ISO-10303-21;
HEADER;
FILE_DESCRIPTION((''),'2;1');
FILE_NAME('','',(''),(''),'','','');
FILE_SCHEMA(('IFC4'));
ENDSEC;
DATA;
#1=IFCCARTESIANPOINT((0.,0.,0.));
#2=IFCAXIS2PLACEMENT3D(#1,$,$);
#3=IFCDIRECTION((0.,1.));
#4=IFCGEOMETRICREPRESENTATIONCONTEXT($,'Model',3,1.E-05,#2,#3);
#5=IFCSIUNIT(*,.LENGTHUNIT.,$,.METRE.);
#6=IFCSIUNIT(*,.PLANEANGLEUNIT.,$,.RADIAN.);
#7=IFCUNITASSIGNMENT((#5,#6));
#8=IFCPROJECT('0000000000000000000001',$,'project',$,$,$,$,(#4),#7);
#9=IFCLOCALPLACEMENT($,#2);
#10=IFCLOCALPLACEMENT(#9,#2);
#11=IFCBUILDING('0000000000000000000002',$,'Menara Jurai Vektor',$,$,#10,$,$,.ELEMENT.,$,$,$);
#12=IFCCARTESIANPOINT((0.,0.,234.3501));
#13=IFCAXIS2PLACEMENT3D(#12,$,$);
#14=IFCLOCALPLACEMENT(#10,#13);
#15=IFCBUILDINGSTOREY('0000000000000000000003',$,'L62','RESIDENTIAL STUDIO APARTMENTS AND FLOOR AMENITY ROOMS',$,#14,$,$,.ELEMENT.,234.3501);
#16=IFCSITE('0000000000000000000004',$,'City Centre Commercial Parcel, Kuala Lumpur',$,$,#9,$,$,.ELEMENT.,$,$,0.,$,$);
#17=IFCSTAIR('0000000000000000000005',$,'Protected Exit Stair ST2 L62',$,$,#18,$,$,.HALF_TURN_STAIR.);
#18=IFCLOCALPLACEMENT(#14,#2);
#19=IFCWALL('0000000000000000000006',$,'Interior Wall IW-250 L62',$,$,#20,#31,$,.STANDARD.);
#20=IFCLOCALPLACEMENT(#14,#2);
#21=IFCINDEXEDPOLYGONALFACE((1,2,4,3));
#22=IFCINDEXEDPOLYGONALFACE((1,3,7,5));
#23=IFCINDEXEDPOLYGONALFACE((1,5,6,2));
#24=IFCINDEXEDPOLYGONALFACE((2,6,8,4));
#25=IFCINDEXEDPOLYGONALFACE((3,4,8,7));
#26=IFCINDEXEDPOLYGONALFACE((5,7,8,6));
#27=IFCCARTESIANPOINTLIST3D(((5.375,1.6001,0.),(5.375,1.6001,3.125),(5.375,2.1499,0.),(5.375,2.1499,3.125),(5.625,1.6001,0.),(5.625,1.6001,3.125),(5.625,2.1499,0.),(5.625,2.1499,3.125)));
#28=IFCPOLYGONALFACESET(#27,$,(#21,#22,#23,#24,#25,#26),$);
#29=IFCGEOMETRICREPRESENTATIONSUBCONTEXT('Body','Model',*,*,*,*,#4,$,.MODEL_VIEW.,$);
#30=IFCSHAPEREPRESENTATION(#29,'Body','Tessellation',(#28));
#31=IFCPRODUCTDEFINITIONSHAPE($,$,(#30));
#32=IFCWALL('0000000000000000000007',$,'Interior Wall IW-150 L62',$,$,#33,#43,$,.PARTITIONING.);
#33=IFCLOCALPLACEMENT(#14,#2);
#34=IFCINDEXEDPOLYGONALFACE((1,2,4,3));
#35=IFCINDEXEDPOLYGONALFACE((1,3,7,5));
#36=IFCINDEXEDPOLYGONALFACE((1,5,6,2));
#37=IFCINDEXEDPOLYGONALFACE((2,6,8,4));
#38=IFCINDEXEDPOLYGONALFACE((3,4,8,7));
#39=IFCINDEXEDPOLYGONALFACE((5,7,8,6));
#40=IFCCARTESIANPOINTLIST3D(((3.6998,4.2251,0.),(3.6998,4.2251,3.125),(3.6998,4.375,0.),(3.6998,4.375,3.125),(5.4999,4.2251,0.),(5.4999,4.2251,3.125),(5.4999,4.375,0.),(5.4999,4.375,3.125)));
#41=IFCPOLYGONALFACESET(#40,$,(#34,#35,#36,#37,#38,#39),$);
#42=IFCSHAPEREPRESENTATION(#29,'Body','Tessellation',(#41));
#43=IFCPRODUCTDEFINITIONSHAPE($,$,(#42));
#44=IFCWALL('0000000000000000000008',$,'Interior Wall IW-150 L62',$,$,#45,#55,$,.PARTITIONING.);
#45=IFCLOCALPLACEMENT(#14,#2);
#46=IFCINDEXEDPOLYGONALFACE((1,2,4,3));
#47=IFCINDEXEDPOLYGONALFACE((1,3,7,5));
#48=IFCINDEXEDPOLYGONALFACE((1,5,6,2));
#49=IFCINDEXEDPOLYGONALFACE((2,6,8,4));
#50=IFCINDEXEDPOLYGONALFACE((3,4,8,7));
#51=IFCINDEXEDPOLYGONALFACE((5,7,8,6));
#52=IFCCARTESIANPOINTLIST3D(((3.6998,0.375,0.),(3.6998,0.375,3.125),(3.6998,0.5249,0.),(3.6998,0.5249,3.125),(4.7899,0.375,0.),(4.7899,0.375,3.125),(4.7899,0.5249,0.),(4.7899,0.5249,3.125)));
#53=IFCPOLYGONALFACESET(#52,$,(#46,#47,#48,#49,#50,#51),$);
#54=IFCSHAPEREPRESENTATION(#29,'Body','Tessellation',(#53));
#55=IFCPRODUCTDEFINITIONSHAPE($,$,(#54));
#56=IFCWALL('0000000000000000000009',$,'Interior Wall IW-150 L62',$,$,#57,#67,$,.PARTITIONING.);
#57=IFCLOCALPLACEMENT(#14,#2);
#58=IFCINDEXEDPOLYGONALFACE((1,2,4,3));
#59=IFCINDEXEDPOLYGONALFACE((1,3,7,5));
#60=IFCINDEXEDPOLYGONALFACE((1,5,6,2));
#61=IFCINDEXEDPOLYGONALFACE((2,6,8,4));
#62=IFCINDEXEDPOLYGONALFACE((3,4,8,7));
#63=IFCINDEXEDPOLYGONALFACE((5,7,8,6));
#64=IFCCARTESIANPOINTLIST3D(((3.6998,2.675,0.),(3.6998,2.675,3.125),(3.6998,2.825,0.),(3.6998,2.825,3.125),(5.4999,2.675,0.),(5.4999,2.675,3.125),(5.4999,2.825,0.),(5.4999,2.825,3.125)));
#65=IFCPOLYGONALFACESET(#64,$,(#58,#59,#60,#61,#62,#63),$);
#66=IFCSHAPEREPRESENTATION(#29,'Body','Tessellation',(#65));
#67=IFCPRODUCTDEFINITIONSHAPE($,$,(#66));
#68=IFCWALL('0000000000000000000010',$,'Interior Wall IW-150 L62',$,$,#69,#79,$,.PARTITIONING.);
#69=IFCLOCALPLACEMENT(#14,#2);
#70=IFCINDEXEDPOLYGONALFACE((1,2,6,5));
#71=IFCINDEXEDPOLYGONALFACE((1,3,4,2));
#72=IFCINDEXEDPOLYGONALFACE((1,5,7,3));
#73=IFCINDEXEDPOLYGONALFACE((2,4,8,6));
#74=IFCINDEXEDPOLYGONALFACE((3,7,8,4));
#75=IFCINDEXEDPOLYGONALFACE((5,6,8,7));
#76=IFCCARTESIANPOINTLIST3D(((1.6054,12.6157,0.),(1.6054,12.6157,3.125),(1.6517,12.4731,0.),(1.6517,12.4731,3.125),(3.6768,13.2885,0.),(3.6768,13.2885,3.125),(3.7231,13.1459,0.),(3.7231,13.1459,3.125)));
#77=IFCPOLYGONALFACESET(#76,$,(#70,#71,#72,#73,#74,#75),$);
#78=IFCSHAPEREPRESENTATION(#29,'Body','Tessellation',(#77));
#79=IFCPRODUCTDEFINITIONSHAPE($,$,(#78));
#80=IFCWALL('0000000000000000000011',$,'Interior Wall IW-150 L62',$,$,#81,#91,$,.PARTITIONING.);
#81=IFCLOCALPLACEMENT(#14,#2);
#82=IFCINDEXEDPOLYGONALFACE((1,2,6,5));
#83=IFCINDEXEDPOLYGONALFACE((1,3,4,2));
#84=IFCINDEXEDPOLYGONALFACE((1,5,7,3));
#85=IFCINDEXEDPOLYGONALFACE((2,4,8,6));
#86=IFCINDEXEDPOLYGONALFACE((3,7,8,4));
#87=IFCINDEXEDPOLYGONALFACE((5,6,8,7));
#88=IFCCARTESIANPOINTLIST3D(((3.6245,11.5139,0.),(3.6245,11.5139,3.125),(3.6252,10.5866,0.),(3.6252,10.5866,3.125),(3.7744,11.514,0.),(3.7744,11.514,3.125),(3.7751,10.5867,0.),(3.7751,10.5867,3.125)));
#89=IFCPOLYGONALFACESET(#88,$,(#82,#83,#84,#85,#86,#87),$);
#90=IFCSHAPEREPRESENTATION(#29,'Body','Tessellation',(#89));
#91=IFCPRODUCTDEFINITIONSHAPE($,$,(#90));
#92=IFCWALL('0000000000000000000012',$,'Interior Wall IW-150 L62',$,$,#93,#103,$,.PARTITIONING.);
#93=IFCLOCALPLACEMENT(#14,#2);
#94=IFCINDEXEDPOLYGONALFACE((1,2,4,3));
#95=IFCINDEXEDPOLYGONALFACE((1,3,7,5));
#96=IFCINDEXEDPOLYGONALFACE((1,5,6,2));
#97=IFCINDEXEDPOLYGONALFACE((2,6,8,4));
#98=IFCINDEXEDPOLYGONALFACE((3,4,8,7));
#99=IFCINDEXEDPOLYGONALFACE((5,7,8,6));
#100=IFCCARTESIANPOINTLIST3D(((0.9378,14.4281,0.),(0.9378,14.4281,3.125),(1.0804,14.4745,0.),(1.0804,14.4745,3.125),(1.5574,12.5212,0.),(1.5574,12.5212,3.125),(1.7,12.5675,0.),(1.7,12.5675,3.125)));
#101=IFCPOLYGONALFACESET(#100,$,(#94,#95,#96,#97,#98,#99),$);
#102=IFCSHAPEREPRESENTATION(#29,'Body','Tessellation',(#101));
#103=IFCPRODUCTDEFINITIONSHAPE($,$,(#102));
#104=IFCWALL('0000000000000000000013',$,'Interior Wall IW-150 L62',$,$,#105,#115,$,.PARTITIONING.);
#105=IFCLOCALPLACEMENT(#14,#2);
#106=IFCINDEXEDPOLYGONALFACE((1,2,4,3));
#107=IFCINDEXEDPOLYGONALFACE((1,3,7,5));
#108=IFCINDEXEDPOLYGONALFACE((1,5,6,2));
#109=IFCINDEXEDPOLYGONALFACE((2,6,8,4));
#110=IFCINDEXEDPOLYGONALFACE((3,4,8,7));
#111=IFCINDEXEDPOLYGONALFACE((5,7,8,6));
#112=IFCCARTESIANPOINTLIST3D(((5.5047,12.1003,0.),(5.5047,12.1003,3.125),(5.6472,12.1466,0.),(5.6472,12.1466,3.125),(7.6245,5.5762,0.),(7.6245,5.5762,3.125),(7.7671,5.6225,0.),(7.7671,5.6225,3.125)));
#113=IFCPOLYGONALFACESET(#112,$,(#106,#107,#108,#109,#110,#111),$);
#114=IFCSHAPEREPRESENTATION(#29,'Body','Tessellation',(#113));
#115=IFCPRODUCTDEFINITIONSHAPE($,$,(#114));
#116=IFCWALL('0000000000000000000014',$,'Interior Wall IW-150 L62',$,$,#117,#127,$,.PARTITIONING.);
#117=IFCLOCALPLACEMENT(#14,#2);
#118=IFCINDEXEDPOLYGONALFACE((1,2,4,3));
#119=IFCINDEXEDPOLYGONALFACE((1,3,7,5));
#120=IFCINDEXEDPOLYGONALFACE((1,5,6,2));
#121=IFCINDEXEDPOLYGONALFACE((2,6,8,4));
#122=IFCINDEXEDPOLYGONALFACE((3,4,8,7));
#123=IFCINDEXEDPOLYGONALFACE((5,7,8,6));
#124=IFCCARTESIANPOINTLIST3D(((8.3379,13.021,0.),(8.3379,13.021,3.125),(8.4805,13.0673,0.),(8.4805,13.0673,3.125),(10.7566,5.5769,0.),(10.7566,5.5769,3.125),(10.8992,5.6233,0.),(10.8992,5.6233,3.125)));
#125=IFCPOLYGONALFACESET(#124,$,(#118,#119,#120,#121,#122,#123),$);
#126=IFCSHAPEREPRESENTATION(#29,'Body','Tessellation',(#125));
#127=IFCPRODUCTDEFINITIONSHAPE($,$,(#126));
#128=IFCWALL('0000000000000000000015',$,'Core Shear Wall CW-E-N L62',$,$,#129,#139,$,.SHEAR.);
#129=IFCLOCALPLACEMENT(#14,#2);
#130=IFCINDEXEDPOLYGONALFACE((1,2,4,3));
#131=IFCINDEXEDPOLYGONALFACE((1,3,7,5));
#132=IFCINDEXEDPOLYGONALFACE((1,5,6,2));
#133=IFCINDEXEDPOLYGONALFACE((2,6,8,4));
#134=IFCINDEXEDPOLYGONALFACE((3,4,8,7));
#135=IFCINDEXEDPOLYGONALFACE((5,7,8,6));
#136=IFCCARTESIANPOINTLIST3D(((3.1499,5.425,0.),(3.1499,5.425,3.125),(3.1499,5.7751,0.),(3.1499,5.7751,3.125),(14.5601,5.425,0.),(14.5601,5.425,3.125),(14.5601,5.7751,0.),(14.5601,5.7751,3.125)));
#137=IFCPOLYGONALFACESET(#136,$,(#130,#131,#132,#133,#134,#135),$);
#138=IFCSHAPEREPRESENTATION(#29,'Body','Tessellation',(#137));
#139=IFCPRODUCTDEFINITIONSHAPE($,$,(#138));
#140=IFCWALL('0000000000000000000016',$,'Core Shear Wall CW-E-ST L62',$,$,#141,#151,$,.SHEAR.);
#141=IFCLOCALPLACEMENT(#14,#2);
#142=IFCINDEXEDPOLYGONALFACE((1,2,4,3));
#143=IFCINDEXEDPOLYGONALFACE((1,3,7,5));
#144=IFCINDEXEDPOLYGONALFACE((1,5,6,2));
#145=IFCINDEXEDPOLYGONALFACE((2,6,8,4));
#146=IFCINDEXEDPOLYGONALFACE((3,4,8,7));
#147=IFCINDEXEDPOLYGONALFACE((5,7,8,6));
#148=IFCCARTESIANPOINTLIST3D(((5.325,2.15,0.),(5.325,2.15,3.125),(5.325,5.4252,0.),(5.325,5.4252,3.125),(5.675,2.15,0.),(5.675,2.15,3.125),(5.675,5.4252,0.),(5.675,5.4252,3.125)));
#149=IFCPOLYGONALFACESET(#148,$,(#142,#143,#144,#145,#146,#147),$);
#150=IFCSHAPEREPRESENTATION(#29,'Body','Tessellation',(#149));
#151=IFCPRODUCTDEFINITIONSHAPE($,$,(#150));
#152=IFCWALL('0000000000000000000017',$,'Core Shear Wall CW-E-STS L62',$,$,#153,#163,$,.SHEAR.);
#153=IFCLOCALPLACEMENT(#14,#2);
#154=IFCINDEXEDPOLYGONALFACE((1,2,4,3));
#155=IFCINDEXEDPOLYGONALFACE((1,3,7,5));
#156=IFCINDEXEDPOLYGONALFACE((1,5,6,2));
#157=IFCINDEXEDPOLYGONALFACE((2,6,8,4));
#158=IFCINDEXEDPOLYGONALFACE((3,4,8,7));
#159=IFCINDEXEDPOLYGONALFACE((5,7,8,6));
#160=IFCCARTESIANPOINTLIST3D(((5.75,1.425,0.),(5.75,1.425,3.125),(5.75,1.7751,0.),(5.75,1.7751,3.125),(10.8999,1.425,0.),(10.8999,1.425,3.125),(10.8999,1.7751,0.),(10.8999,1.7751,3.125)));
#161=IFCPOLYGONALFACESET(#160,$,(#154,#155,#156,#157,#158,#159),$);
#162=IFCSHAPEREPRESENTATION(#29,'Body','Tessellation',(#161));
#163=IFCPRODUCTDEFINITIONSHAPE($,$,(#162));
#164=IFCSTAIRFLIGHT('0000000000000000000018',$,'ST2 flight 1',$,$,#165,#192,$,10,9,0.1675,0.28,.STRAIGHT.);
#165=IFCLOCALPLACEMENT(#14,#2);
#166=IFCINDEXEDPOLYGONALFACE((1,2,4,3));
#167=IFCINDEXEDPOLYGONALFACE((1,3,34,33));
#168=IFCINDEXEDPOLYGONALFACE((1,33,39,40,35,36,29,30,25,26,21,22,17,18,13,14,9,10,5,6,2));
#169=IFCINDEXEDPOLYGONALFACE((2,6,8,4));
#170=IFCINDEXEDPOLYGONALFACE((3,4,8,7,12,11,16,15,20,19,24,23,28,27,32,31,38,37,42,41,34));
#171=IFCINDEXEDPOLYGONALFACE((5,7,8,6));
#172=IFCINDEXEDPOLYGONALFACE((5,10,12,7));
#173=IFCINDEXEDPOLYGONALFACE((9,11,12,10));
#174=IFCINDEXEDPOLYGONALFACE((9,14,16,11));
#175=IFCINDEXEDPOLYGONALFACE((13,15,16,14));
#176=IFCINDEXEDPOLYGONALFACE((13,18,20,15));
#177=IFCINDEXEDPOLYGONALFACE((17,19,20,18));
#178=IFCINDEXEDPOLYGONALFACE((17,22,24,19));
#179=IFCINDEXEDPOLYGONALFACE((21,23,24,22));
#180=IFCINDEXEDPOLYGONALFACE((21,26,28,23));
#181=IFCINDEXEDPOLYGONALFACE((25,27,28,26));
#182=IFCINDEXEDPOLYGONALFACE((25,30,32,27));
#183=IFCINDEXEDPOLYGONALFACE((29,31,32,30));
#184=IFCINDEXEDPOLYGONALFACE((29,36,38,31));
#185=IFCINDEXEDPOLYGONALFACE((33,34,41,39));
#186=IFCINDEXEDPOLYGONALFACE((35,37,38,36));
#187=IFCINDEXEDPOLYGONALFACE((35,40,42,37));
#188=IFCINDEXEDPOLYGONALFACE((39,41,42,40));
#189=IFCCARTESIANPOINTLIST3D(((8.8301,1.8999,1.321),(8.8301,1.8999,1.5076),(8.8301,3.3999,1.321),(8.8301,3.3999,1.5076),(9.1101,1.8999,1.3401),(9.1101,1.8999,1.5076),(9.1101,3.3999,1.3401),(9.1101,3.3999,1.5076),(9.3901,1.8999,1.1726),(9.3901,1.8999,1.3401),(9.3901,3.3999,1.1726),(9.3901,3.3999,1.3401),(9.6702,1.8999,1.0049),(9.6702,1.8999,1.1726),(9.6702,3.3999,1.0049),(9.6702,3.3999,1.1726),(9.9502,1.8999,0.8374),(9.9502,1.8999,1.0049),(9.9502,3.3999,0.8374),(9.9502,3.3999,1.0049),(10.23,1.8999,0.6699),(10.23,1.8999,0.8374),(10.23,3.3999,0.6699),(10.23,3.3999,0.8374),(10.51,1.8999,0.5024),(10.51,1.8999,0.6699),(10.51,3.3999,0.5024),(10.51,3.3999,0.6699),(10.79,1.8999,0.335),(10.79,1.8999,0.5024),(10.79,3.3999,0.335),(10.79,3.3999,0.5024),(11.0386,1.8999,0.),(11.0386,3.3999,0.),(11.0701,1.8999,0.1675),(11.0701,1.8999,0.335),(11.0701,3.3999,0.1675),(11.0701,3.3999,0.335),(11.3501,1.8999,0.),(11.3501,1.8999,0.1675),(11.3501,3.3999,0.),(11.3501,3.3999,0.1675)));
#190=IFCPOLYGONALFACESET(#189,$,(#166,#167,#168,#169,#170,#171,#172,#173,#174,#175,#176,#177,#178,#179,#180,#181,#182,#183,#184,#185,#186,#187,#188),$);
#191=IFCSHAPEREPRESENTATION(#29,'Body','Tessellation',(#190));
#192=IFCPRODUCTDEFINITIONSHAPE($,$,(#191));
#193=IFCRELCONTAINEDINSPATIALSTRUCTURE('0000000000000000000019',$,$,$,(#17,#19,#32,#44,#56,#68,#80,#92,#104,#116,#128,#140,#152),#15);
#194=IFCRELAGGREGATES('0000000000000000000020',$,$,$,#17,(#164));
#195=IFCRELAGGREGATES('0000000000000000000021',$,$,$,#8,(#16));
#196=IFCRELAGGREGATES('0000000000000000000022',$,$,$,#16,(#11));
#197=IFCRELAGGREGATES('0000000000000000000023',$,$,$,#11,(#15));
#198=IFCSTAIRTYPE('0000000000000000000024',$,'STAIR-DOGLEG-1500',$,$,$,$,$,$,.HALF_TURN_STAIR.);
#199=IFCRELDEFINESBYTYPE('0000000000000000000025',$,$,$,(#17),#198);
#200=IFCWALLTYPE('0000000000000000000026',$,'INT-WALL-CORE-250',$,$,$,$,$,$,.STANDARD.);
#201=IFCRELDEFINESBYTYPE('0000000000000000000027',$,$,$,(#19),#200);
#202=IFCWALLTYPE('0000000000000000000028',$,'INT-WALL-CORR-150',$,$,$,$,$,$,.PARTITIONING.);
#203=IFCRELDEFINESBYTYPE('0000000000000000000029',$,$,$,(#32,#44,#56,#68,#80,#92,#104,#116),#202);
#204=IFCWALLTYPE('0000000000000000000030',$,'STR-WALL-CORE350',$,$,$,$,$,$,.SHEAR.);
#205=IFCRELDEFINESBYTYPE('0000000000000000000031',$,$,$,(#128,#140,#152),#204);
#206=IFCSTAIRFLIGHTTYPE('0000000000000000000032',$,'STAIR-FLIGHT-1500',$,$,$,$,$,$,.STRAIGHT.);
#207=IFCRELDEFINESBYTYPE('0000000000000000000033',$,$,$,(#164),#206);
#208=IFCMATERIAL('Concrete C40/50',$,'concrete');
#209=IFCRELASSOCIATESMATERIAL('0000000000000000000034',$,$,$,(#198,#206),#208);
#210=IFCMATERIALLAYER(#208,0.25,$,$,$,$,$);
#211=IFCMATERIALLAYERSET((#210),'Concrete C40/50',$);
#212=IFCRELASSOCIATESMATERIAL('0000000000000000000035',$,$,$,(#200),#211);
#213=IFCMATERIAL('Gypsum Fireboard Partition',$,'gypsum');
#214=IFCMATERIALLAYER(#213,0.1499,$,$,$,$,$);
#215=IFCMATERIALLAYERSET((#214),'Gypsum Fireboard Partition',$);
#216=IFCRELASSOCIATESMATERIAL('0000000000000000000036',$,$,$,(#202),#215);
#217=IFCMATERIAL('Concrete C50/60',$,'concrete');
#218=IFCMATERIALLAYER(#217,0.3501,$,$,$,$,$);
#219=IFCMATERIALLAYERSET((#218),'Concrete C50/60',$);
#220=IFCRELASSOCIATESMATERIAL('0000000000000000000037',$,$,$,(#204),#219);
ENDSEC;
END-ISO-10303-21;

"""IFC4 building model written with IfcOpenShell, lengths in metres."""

from ifc_helpers import new_model, si_unit, direction, frame, frame_2d, origin, place, context, subcontext, project, spatial, polyline, rectangle, outline, extrude, material, layer, layer_set, type_object, element, aggregate, save


model = new_model("IFC4")

# Units and contexts
model_context = context("Model", 3, precision=1e-05, world=origin(), true_north=direction((0.0, 1.0)))
body_context = subcontext(model_context, "Body", "Model", "MODEL_VIEW")
ifc_project = project(units=[si_unit("LENGTHUNIT", "METRE"), si_unit("PLANEANGLEUNIT", "RADIAN")], contexts=[model_context])

# Site, building, storey
site_placement = place(None, origin())
site = spatial("IfcSite", under=ifc_project, at=site_placement, Name="City Centre Commercial Parcel, Kuala Lumpur", CompositionType="ELEMENT", RefElevation=0.0)
building_placement = place(site_placement, origin())
building = spatial("IfcBuilding", under=site, at=building_placement, Name="Menara Jurai Vektor", CompositionType="ELEMENT")
storey_placement = place(building_placement, frame((0.0, 0.0, 234.3501)))
storey = spatial("IfcBuildingStorey", under=building, at=storey_placement, Name="L62", Description="RESIDENTIAL STUDIO APARTMENTS AND FLOOR AMENITY ROOMS", CompositionType="ELEMENT", Elevation=234.3501)

# Shared definitions
ifc_material_1 = material(Name="Concrete C50/60", Category="concrete")

# Stair
ifc_material_2 = material(Name="Concrete C40/50", Category="concrete")
stair_type = type_object("IfcStairType", Name="STAIR-DOGLEG-1500", PredefinedType="HALF_TURN_STAIR", material=ifc_material_2)
stair_1_placement = place(storey_placement, origin())
stair_1 = element("IfcStair", 1, at=stair_1_placement, inside=storey, type_object=stair_type, Name="Protected Exit Stair ST2 L62", PredefinedType="HALF_TURN_STAIR")

# Shared definitions
ifc_layer_1 = layer(ifc_material_2, 0.25)
ifc_layer_set_1 = layer_set([ifc_layer_1], Name="Concrete C40/50")
wall_type_1 = type_object("IfcWallType", Name="INT-WALL-CORE-250", PredefinedType="STANDARD", material=ifc_layer_set_1)

# Walls
wall_1_placement = place(storey_placement, frame((5.5, 1.6001, 0.0), z_axis=(0.0, 0.0, 1.0), x_axis=(0.0, 1.0, 0.0)))
element("IfcWall", 2, at=wall_1_placement, inside=storey, type_object=wall_type_1, Name="Interior Wall IW-250 L62", PredefinedType="STANDARD", context=body_context, shape_type="SweptSolid", body=[
    extrude(rectangle(XDim=0.5498, YDim=0.25, at=frame_2d((0.2749, 0.0))), origin(), (0.0, 0.0, 1.0), 3.125),
])
ifc_material_3 = material(Name="Gypsum Fireboard Partition", Category="gypsum")
ifc_layer_2 = layer(ifc_material_3, 0.1499)
ifc_layer_set_2 = layer_set([ifc_layer_2], Name="Gypsum Fireboard Partition")
wall_type_2 = type_object("IfcWallType", Name="INT-WALL-CORR-150", PredefinedType="PARTITIONING", material=ifc_layer_set_2)
wall_2_placement = place(storey_placement, frame((3.7, 4.3, 0.0), z_axis=(0.0, 0.0, 1.0), x_axis=(1.0, 0.0, 0.0)))
element("IfcWall", 3, at=wall_2_placement, inside=storey, type_object=wall_type_2, Name="Interior Wall IW-150 L62", PredefinedType="PARTITIONING", context=body_context, shape_type="SweptSolid", body=[
    extrude(rectangle(XDim=1.8, YDim=0.1499, at=frame_2d((0.8999, 0.0))), origin(), (0.0, 0.0, 1.0), 3.125),
])
wall_3_placement = place(storey_placement, frame((3.7, 0.45, 0.0), z_axis=(0.0, 0.0, 1.0), x_axis=(1.0, 0.0, 0.0)))
element("IfcWall", 4, at=wall_3_placement, inside=storey, type_object=wall_type_2, Name="Interior Wall IW-150 L62", PredefinedType="PARTITIONING", context=body_context, shape_type="SweptSolid", body=[
    extrude(rectangle(XDim=1.0901, YDim=0.1499, at=frame_2d((0.5449, 0.0))), origin(), (0.0, 0.0, 1.0), 3.125),
])
wall_4_placement = place(storey_placement, frame((3.7, 2.75, 0.0), z_axis=(0.0, 0.0, 1.0), x_axis=(1.0, 0.0, 0.0)))
element("IfcWall", 5, at=wall_4_placement, inside=storey, type_object=wall_type_2, Name="Interior Wall IW-150 L62", PredefinedType="PARTITIONING", context=body_context, shape_type="SweptSolid", body=[
    extrude(rectangle(XDim=1.8, YDim=0.1499, at=frame_2d((0.8999, 0.0))), origin(), (0.0, 0.0, 1.0), 3.125),
])
wall_5_placement = place(storey_placement, frame((1.6287, 12.5444, 0.0), z_axis=(0.0, 0.0, 1.0), x_axis=(0.951088, 0.308921, 0.0)))
element("IfcWall", 6, at=wall_5_placement, inside=storey, type_object=wall_type_2, Name="Interior Wall IW-150 L62", PredefinedType="PARTITIONING", context=body_context, shape_type="SweptSolid", body=[
    extrude(rectangle(XDim=2.178, YDim=0.1499, at=frame_2d((1.0889, 0.0))), origin(), (0.0, 0.0, 1.0), 3.125),
])
wall_6_placement = place(storey_placement, frame((3.7002, 10.5867, 0.0), z_axis=(0.0, 0.0, 1.0), x_axis=(-0.00079, 1.0, 0.0)))
element("IfcWall", 7, at=wall_6_placement, inside=storey, type_object=wall_type_2, Name="Interior Wall IW-150 L62", PredefinedType="PARTITIONING", context=body_context, shape_type="SweptSolid", body=[
    extrude(rectangle(XDim=0.9272, YDim=0.1499, at=frame_2d((0.4636, 0.0))), origin(), (0.0, 0.0, 1.0), 3.125),
])

# Walls
wall_7_placement = place(storey_placement, frame((1.6287, 12.5444, 0.0), z_axis=(0.0, 0.0, 1.0), x_axis=(-0.309023, 0.951055, 0.0)))
element("IfcWall", 8, at=wall_7_placement, inside=storey, type_object=wall_type_2, Name="Interior Wall IW-150 L62", PredefinedType="PARTITIONING", context=body_context, shape_type="SweptSolid", body=[
    extrude(rectangle(XDim=2.0051, YDim=0.1499, at=frame_2d((1.0024, 0.0))), origin(), (0.0, 0.0, 1.0), 3.125),
])
wall_8_placement = place(storey_placement, frame((7.6958, 5.5994, 0.0), z_axis=(0.0, 0.0, 1.0), x_axis=(-0.309022, 0.951055, 0.0)))
element("IfcWall", 9, at=wall_8_placement, inside=storey, type_object=wall_type_2, Name="Interior Wall IW-150 L62", PredefinedType="PARTITIONING", context=body_context, shape_type="SweptSolid", body=[
    extrude(rectangle(XDim=6.8599, YDim=0.1499, at=frame_2d((3.4299, 0.0))), origin(), (0.0, 0.0, 1.0), 3.125),
])
wall_9_placement = place(storey_placement, frame((10.8279, 5.6001, 0.0), z_axis=(0.0, 0.0, 1.0), x_axis=(-0.309013, 0.951058, 0.0)))
element("IfcWall", 10, at=wall_9_placement, inside=storey, type_object=wall_type_2, Name="Interior Wall IW-150 L62", PredefinedType="PARTITIONING", context=body_context, shape_type="SweptSolid", body=[
    extrude(rectangle(XDim=7.8271, YDim=0.1499, at=frame_2d((3.9136, 0.0))), origin(), (0.0, 0.0, 1.0), 3.125),
])
ifc_layer_3 = layer(ifc_material_1, 0.3501)
ifc_layer_set_3 = layer_set([ifc_layer_3], Name="Concrete C50/60")
wall_type_3 = type_object("IfcWallType", Name="STR-WALL-CORE350", PredefinedType="SHEAR", material=ifc_layer_set_3)
wall_10_placement = place(storey_placement, frame((3.1499, 5.6001, 0.0), z_axis=(0.0, 0.0, 1.0), x_axis=(1.0, 0.0, 0.0)))
element("IfcWall", 11, at=wall_10_placement, inside=storey, type_object=wall_type_3, Name="Core Shear Wall CW-E-N L62", PredefinedType="SHEAR", context=body_context, shape_type="SweptSolid", body=[
    extrude(rectangle(XDim=11.4102, YDim=0.3501, at=frame_2d((5.7051, 0.0))), origin(), (0.0, 0.0, 1.0), 3.125),
])
wall_11_placement = place(storey_placement, frame((5.5, 2.1499, 0.0), z_axis=(0.0, 0.0, 1.0), x_axis=(0.0, 1.0, 0.0)))
element("IfcWall", 12, at=wall_11_placement, inside=storey, type_object=wall_type_3, Name="Core Shear Wall CW-E-ST L62", PredefinedType="SHEAR", context=body_context, shape_type="SweptSolid", body=[
    extrude(rectangle(XDim=3.2751, YDim=0.3501, at=frame_2d((1.6377, 0.0))), origin(), (0.0, 0.0, 1.0), 3.125),
])
wall_12_placement = place(storey_placement, frame((5.75, 1.6001, 0.0), z_axis=(0.0, 0.0, 1.0), x_axis=(1.0, 0.0, 0.0)))
element("IfcWall", 13, at=wall_12_placement, inside=storey, type_object=wall_type_3, Name="Core Shear Wall CW-E-STS L62", PredefinedType="SHEAR", context=body_context, shape_type="SweptSolid", body=[
    extrude(rectangle(XDim=5.1499, YDim=0.3501, at=frame_2d((2.575, 0.0))), origin(), (0.0, 0.0, 1.0), 3.125),
])

# Stair flight
stair_flight_type = type_object("IfcStairFlightType", Name="STAIR-FLIGHT-1500", PredefinedType="STRAIGHT", material=ifc_material_2)
stair_flight_1_placement = place(storey_placement, frame((11.3501, 2.6499, 0.0), z_axis=(0.0, 0.0, 1.0), x_axis=(-1.0, 0.0, 0.0)))
stair_flight_1 = element("IfcStairFlight", 14, at=stair_flight_1_placement, type_object=stair_flight_type, Name="ST2 flight 1", NumberOfRisers=10, NumberOfTreads=9, PredefinedType="STRAIGHT", RiserHeight=0.1675, TreadLength=0.28, context=body_context, shape_type="SweptSolid", body=[
    extrude(outline(polyline([(0.0, 0.0), (0.0, 0.1675), (0.28, 0.1675), (0.28, 0.335), (0.5601, 0.335), (0.5601, 0.5024), (0.8401, 0.5024), (0.8401, 0.6699), (1.1201, 0.6699), (1.1201, 0.8374), (1.3999, 0.8374), (1.3999, 1.0049), (1.6799, 1.0049), (1.6799, 1.1726), (1.96, 1.1726), (1.96, 1.3401), (2.24, 1.3401), (2.24, 1.5076), (2.52, 1.5076), (2.52, 1.675), (2.52, 1.321), (0.3115, 0.0), (0.0, 0.0)])), frame((0.0, 0.75, 0.0), z_axis=(0.0, -1.0, 0.0), x_axis=(1.0, 0.0, 0.0)), (0.0, 0.0, 1.0), 1.5),
])
aggregate(stair_1, [stair_flight_1])

save(model, "model.ifc")
